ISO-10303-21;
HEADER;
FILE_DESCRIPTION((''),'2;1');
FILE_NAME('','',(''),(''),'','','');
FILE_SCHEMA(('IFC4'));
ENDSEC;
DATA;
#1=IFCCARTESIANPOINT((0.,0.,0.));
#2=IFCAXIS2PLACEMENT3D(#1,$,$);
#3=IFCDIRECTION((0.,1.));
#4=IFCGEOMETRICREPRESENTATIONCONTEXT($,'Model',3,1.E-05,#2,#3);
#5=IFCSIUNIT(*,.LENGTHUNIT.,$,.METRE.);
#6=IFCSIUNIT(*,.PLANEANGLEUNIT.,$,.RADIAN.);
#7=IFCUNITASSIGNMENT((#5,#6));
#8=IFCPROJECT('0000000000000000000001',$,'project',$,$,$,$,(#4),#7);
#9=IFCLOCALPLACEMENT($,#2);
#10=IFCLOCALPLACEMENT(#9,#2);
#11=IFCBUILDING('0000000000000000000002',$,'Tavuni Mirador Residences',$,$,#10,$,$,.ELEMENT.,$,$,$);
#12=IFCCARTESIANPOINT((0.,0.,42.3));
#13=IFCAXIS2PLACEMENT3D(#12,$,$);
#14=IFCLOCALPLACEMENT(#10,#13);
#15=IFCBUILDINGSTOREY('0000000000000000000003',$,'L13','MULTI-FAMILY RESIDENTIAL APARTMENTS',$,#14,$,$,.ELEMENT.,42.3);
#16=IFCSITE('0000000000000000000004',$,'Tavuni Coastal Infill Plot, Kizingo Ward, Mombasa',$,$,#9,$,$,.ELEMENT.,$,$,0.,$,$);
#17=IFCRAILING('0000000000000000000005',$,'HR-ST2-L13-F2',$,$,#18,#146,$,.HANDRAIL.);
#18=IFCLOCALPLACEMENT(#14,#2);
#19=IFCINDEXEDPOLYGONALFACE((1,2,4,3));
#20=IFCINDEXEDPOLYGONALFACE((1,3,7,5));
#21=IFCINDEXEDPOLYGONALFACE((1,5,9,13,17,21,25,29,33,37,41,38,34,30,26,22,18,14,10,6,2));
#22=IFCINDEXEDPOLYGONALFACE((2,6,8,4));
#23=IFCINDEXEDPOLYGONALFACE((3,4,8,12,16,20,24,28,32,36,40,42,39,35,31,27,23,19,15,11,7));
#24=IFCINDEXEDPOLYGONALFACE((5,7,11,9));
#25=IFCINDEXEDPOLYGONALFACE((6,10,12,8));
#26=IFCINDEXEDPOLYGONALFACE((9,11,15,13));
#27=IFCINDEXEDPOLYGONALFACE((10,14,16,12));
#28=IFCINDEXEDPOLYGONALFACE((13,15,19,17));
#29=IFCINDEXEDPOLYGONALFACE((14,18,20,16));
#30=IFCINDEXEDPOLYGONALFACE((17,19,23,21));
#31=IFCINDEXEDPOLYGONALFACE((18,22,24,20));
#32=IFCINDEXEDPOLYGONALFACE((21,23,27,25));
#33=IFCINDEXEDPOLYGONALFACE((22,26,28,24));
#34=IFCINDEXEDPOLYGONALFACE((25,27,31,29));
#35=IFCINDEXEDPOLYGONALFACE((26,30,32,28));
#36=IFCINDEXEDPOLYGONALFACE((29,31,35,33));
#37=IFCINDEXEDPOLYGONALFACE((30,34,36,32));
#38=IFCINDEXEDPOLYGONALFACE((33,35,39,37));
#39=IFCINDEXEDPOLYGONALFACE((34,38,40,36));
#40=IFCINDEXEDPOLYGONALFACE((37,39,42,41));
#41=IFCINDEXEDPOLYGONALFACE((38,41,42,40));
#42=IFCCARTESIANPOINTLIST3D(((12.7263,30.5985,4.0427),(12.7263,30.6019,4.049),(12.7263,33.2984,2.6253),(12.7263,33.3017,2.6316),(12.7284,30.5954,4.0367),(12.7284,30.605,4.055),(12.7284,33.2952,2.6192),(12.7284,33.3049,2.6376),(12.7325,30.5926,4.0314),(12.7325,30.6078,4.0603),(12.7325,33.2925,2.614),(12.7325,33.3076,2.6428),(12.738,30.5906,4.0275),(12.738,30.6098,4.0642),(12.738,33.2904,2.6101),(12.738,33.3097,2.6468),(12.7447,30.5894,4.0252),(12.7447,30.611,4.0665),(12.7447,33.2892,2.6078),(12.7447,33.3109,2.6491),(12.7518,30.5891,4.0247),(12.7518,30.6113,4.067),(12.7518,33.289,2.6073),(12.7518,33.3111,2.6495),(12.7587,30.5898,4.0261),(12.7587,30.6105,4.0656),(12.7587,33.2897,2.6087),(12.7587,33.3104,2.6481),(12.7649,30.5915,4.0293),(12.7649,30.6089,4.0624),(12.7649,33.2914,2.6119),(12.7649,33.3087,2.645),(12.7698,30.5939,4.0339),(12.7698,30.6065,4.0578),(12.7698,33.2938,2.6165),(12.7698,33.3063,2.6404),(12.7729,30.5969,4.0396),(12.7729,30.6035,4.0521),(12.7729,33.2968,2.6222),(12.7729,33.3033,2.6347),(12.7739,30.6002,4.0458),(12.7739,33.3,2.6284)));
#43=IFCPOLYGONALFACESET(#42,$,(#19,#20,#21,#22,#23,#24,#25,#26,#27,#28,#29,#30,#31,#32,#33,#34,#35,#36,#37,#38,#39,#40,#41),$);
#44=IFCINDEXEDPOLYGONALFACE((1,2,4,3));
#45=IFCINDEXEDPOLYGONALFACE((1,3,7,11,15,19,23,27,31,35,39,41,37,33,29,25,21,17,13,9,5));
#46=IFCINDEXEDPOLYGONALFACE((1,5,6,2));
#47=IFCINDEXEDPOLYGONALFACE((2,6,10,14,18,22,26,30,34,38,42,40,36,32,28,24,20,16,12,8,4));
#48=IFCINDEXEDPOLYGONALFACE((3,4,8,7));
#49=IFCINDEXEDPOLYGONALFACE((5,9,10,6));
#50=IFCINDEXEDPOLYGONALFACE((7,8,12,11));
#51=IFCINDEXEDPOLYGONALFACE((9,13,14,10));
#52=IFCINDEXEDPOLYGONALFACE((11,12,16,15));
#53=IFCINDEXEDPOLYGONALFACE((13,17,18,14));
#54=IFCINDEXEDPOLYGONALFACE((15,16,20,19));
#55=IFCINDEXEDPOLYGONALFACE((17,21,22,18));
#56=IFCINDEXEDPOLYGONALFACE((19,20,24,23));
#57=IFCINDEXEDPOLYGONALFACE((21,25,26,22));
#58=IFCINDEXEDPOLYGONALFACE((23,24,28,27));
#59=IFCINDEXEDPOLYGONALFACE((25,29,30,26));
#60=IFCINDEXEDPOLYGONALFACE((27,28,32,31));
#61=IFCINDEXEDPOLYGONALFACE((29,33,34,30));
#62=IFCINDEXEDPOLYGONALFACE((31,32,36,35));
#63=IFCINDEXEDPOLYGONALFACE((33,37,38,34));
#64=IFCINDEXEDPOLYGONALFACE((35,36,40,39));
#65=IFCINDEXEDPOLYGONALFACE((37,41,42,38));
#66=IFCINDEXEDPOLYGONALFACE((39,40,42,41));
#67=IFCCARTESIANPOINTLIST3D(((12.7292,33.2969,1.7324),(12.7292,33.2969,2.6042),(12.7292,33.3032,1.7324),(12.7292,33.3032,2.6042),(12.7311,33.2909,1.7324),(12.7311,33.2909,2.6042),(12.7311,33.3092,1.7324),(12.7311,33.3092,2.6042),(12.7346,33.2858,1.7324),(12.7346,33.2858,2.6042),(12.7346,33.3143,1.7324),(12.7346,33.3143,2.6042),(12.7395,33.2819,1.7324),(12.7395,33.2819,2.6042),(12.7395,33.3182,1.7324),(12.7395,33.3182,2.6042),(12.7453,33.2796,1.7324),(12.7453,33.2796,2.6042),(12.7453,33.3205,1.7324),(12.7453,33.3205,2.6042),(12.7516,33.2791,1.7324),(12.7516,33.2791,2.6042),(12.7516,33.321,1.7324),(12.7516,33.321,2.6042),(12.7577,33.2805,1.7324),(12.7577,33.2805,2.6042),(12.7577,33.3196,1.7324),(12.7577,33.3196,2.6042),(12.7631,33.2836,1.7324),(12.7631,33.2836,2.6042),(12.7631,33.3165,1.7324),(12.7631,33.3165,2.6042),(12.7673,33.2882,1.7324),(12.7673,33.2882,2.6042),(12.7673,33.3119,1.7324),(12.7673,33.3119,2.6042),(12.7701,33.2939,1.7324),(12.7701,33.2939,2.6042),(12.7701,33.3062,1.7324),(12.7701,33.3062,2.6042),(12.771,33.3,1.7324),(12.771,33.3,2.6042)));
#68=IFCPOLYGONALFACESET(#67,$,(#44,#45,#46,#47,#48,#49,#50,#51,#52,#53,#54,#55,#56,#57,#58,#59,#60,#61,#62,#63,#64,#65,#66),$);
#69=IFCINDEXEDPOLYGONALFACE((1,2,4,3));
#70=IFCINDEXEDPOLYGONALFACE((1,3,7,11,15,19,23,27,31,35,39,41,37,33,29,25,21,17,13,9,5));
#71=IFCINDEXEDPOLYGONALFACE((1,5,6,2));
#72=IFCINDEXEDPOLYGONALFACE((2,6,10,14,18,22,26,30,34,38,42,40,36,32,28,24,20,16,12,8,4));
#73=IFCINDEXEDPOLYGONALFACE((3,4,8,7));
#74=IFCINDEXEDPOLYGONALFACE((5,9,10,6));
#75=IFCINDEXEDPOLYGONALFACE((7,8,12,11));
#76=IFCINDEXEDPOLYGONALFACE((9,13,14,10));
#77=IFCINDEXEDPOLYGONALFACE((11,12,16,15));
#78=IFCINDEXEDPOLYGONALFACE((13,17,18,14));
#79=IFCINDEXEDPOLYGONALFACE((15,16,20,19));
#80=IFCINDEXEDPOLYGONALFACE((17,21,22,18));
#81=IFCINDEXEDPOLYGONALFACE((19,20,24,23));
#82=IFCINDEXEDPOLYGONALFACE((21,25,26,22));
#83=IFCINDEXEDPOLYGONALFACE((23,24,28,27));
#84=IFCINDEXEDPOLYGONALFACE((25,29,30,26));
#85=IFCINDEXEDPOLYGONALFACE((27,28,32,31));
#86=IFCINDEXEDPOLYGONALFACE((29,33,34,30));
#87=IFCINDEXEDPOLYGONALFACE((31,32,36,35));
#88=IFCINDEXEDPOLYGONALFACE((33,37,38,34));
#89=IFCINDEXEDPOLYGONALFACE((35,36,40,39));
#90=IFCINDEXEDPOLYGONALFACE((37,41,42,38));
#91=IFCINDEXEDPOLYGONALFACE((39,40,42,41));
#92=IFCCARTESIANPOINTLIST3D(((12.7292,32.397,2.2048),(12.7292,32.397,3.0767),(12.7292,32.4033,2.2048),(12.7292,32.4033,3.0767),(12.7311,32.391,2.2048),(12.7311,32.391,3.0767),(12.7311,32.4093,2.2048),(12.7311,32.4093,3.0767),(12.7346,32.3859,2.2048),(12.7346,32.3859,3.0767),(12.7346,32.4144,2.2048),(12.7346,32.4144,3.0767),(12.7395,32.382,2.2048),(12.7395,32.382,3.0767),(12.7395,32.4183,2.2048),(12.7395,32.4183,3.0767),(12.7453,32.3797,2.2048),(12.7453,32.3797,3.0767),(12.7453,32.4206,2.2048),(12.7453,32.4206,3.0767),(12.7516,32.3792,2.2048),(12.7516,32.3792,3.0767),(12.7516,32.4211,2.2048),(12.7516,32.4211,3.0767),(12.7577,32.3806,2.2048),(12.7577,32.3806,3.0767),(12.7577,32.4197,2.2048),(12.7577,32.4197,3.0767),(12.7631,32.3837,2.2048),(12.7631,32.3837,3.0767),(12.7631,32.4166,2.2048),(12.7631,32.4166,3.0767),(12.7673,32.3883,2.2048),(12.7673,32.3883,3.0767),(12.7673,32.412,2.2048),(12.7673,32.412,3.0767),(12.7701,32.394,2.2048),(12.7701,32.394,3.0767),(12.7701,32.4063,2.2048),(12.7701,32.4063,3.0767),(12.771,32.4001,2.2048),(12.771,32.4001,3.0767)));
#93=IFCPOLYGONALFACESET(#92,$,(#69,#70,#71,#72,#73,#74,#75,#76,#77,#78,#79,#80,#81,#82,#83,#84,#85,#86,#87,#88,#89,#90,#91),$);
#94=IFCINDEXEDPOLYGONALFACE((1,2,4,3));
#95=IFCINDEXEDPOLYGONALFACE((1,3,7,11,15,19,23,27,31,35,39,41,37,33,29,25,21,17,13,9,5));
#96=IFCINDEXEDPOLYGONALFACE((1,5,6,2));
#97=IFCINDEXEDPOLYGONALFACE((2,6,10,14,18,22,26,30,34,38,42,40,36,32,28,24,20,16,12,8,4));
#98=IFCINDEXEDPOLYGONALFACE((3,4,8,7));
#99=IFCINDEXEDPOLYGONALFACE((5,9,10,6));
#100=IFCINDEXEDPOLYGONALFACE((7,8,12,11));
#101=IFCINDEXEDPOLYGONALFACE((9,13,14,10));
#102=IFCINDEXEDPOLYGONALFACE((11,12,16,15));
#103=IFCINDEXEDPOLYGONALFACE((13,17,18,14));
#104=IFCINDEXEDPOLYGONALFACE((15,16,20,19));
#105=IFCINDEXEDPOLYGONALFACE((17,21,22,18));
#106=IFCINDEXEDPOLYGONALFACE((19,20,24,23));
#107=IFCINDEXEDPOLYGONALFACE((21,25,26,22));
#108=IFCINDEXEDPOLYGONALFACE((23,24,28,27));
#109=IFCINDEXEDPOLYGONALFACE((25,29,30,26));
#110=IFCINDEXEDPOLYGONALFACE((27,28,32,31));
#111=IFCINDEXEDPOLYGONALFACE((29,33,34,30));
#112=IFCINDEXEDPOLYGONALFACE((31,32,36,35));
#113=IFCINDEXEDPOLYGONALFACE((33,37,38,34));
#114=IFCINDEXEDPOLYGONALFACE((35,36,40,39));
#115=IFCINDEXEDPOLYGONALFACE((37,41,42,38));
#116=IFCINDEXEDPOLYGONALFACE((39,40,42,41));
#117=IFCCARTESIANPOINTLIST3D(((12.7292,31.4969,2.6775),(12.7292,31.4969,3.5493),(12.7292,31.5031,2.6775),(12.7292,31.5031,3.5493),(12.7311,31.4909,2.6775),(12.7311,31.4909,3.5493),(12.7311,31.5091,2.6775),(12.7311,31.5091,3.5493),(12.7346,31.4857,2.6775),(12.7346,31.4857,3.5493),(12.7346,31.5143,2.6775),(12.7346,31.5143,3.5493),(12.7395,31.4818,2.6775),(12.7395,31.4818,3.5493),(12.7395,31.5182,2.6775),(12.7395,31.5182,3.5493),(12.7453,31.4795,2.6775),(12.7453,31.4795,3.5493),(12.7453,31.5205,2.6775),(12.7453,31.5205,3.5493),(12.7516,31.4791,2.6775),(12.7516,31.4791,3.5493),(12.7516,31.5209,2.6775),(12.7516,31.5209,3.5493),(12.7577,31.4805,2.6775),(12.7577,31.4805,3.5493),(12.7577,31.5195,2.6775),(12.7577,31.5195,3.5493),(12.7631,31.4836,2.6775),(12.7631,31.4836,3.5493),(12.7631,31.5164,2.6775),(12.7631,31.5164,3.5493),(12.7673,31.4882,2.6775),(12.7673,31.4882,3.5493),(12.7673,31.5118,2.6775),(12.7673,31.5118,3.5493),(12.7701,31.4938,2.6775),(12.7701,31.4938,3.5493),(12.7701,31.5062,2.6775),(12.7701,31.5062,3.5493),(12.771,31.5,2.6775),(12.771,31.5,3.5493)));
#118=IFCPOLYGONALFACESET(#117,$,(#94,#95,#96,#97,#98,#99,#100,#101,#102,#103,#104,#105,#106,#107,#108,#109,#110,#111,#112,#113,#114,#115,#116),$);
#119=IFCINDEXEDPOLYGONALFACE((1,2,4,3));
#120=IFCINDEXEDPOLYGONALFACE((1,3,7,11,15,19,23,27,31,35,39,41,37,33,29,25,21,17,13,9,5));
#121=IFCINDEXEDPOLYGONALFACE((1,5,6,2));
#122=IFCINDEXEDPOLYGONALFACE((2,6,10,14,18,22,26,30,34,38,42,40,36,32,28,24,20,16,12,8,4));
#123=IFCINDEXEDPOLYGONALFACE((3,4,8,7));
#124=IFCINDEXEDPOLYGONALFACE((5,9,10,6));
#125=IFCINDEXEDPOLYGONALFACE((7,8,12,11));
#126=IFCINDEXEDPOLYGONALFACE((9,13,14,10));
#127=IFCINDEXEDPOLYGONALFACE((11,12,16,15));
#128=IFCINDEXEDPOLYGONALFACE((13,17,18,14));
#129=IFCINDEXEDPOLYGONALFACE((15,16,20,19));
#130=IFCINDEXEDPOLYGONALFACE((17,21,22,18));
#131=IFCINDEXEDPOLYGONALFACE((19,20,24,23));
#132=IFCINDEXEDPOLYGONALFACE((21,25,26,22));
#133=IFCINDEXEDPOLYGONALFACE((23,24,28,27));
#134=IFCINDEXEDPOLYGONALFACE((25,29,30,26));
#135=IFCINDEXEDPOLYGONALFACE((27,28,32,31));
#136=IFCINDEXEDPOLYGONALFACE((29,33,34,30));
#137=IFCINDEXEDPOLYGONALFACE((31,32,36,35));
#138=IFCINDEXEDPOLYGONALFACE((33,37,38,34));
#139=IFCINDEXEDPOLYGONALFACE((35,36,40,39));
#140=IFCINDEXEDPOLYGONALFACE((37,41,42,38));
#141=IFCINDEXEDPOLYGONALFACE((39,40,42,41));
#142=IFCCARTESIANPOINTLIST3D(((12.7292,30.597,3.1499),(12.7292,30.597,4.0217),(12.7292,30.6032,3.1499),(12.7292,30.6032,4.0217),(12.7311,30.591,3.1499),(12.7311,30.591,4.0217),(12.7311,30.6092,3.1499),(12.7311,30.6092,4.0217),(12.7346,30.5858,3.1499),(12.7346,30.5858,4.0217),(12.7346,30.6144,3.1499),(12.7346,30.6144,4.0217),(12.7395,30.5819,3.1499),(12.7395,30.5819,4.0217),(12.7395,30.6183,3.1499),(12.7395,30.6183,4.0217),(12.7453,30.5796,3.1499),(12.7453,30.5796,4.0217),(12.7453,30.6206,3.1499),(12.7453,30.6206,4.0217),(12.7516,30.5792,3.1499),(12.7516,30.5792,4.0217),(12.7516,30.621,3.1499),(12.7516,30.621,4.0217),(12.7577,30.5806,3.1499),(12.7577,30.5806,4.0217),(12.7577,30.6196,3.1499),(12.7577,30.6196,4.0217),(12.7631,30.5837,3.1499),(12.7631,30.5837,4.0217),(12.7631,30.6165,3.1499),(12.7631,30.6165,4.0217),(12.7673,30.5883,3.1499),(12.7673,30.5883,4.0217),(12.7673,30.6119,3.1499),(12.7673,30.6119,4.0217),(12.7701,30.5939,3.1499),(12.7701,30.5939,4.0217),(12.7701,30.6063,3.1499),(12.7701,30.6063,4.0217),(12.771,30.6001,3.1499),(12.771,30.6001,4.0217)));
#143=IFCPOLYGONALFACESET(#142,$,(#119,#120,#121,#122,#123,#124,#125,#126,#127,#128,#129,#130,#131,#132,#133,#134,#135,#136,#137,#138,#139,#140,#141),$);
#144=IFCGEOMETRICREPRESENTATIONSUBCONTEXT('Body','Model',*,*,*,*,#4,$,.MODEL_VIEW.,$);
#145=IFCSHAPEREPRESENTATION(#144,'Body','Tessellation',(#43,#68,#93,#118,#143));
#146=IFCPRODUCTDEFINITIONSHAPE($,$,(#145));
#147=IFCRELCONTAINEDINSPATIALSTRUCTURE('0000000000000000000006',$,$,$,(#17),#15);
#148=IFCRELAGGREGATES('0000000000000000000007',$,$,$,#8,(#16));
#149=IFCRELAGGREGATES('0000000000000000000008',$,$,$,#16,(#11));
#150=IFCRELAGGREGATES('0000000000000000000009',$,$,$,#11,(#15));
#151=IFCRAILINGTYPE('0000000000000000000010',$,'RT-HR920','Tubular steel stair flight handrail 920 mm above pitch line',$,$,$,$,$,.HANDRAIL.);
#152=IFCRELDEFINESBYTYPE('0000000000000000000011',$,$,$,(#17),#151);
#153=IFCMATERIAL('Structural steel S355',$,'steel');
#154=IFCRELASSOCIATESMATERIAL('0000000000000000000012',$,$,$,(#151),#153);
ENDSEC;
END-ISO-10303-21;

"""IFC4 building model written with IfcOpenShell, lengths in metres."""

from ifc_helpers import new_model, si_unit, direction, frame, origin, origin_2d, place, context, subcontext, project, spatial, circle, extrude, material, type_object, element, save


model = new_model("IFC4")

# Units and contexts
model_context = context("Model", 3, precision=1e-05, world=origin(), true_north=direction((0.0, 1.0)))
body_context = subcontext(model_context, "Body", "Model", "MODEL_VIEW")
ifc_project = project(units=[si_unit("LENGTHUNIT", "METRE"), si_unit("PLANEANGLEUNIT", "RADIAN")], contexts=[model_context])

# Site, building, storey
site_placement = place(None, origin())
site = spatial("IfcSite", under=ifc_project, at=site_placement, Name="Tavuni Coastal Infill Plot, Kizingo Ward, Mombasa", CompositionType="ELEMENT", RefElevation=0.0)
building_placement = place(site_placement, origin())
building = spatial("IfcBuilding", under=site, at=building_placement, Name="Tavuni Mirador Residences", CompositionType="ELEMENT")
storey_placement = place(building_placement, frame((0.0, 0.0, 42.3)))
storey = spatial("IfcBuildingStorey", under=building, at=storey_placement, Name="L13", Description="MULTI-FAMILY RESIDENTIAL APARTMENTS", CompositionType="ELEMENT", Elevation=42.3)

# Shared definitions
ifc_material_1 = material(Name="Structural steel S355", Category="steel")

# Railing
railing_type = type_object("IfcRailingType", Name="RT-HR920", Description="Tubular steel stair flight handrail 920 mm above pitch line", PredefinedType="HANDRAIL", material=ifc_material_1)
railing_placement = place(storey_placement, frame((12.75, 33.3, 1.7324)))
element("IfcRailing", 1, at=railing_placement, inside=storey, type_object=railing_type, Name="HR-ST2-L13-F2", PredefinedType="HANDRAIL", context=body_context, shape_type="SweptSolid", body=[
    extrude(circle(Radius=0.0239, at=origin_2d()), frame((0.0, 0.0, 0.896), z_axis=(0.0, -0.885397, 0.464835), x_axis=(1.0, 0.0, 0.0)), (0.0, 0.0, 1.0), 3.0493),
    extrude(circle(Radius=0.021, at=origin_2d()), origin(), (0.0, 0.0, 1.0), 0.8718),
    extrude(circle(Radius=0.021, at=origin_2d()), frame((0.0, -0.8999, 0.4724)), (0.0, 0.0, 1.0), 0.8718),
    extrude(circle(Radius=0.021, at=origin_2d()), frame((0.0, -1.8, 0.9451)), (0.0, 0.0, 1.0), 0.8718),
    extrude(circle(Radius=0.021, at=origin_2d()), frame((0.0, -2.7, 1.4175)), (0.0, 0.0, 1.0), 0.8718),
])

save(model, "model.ifc")
